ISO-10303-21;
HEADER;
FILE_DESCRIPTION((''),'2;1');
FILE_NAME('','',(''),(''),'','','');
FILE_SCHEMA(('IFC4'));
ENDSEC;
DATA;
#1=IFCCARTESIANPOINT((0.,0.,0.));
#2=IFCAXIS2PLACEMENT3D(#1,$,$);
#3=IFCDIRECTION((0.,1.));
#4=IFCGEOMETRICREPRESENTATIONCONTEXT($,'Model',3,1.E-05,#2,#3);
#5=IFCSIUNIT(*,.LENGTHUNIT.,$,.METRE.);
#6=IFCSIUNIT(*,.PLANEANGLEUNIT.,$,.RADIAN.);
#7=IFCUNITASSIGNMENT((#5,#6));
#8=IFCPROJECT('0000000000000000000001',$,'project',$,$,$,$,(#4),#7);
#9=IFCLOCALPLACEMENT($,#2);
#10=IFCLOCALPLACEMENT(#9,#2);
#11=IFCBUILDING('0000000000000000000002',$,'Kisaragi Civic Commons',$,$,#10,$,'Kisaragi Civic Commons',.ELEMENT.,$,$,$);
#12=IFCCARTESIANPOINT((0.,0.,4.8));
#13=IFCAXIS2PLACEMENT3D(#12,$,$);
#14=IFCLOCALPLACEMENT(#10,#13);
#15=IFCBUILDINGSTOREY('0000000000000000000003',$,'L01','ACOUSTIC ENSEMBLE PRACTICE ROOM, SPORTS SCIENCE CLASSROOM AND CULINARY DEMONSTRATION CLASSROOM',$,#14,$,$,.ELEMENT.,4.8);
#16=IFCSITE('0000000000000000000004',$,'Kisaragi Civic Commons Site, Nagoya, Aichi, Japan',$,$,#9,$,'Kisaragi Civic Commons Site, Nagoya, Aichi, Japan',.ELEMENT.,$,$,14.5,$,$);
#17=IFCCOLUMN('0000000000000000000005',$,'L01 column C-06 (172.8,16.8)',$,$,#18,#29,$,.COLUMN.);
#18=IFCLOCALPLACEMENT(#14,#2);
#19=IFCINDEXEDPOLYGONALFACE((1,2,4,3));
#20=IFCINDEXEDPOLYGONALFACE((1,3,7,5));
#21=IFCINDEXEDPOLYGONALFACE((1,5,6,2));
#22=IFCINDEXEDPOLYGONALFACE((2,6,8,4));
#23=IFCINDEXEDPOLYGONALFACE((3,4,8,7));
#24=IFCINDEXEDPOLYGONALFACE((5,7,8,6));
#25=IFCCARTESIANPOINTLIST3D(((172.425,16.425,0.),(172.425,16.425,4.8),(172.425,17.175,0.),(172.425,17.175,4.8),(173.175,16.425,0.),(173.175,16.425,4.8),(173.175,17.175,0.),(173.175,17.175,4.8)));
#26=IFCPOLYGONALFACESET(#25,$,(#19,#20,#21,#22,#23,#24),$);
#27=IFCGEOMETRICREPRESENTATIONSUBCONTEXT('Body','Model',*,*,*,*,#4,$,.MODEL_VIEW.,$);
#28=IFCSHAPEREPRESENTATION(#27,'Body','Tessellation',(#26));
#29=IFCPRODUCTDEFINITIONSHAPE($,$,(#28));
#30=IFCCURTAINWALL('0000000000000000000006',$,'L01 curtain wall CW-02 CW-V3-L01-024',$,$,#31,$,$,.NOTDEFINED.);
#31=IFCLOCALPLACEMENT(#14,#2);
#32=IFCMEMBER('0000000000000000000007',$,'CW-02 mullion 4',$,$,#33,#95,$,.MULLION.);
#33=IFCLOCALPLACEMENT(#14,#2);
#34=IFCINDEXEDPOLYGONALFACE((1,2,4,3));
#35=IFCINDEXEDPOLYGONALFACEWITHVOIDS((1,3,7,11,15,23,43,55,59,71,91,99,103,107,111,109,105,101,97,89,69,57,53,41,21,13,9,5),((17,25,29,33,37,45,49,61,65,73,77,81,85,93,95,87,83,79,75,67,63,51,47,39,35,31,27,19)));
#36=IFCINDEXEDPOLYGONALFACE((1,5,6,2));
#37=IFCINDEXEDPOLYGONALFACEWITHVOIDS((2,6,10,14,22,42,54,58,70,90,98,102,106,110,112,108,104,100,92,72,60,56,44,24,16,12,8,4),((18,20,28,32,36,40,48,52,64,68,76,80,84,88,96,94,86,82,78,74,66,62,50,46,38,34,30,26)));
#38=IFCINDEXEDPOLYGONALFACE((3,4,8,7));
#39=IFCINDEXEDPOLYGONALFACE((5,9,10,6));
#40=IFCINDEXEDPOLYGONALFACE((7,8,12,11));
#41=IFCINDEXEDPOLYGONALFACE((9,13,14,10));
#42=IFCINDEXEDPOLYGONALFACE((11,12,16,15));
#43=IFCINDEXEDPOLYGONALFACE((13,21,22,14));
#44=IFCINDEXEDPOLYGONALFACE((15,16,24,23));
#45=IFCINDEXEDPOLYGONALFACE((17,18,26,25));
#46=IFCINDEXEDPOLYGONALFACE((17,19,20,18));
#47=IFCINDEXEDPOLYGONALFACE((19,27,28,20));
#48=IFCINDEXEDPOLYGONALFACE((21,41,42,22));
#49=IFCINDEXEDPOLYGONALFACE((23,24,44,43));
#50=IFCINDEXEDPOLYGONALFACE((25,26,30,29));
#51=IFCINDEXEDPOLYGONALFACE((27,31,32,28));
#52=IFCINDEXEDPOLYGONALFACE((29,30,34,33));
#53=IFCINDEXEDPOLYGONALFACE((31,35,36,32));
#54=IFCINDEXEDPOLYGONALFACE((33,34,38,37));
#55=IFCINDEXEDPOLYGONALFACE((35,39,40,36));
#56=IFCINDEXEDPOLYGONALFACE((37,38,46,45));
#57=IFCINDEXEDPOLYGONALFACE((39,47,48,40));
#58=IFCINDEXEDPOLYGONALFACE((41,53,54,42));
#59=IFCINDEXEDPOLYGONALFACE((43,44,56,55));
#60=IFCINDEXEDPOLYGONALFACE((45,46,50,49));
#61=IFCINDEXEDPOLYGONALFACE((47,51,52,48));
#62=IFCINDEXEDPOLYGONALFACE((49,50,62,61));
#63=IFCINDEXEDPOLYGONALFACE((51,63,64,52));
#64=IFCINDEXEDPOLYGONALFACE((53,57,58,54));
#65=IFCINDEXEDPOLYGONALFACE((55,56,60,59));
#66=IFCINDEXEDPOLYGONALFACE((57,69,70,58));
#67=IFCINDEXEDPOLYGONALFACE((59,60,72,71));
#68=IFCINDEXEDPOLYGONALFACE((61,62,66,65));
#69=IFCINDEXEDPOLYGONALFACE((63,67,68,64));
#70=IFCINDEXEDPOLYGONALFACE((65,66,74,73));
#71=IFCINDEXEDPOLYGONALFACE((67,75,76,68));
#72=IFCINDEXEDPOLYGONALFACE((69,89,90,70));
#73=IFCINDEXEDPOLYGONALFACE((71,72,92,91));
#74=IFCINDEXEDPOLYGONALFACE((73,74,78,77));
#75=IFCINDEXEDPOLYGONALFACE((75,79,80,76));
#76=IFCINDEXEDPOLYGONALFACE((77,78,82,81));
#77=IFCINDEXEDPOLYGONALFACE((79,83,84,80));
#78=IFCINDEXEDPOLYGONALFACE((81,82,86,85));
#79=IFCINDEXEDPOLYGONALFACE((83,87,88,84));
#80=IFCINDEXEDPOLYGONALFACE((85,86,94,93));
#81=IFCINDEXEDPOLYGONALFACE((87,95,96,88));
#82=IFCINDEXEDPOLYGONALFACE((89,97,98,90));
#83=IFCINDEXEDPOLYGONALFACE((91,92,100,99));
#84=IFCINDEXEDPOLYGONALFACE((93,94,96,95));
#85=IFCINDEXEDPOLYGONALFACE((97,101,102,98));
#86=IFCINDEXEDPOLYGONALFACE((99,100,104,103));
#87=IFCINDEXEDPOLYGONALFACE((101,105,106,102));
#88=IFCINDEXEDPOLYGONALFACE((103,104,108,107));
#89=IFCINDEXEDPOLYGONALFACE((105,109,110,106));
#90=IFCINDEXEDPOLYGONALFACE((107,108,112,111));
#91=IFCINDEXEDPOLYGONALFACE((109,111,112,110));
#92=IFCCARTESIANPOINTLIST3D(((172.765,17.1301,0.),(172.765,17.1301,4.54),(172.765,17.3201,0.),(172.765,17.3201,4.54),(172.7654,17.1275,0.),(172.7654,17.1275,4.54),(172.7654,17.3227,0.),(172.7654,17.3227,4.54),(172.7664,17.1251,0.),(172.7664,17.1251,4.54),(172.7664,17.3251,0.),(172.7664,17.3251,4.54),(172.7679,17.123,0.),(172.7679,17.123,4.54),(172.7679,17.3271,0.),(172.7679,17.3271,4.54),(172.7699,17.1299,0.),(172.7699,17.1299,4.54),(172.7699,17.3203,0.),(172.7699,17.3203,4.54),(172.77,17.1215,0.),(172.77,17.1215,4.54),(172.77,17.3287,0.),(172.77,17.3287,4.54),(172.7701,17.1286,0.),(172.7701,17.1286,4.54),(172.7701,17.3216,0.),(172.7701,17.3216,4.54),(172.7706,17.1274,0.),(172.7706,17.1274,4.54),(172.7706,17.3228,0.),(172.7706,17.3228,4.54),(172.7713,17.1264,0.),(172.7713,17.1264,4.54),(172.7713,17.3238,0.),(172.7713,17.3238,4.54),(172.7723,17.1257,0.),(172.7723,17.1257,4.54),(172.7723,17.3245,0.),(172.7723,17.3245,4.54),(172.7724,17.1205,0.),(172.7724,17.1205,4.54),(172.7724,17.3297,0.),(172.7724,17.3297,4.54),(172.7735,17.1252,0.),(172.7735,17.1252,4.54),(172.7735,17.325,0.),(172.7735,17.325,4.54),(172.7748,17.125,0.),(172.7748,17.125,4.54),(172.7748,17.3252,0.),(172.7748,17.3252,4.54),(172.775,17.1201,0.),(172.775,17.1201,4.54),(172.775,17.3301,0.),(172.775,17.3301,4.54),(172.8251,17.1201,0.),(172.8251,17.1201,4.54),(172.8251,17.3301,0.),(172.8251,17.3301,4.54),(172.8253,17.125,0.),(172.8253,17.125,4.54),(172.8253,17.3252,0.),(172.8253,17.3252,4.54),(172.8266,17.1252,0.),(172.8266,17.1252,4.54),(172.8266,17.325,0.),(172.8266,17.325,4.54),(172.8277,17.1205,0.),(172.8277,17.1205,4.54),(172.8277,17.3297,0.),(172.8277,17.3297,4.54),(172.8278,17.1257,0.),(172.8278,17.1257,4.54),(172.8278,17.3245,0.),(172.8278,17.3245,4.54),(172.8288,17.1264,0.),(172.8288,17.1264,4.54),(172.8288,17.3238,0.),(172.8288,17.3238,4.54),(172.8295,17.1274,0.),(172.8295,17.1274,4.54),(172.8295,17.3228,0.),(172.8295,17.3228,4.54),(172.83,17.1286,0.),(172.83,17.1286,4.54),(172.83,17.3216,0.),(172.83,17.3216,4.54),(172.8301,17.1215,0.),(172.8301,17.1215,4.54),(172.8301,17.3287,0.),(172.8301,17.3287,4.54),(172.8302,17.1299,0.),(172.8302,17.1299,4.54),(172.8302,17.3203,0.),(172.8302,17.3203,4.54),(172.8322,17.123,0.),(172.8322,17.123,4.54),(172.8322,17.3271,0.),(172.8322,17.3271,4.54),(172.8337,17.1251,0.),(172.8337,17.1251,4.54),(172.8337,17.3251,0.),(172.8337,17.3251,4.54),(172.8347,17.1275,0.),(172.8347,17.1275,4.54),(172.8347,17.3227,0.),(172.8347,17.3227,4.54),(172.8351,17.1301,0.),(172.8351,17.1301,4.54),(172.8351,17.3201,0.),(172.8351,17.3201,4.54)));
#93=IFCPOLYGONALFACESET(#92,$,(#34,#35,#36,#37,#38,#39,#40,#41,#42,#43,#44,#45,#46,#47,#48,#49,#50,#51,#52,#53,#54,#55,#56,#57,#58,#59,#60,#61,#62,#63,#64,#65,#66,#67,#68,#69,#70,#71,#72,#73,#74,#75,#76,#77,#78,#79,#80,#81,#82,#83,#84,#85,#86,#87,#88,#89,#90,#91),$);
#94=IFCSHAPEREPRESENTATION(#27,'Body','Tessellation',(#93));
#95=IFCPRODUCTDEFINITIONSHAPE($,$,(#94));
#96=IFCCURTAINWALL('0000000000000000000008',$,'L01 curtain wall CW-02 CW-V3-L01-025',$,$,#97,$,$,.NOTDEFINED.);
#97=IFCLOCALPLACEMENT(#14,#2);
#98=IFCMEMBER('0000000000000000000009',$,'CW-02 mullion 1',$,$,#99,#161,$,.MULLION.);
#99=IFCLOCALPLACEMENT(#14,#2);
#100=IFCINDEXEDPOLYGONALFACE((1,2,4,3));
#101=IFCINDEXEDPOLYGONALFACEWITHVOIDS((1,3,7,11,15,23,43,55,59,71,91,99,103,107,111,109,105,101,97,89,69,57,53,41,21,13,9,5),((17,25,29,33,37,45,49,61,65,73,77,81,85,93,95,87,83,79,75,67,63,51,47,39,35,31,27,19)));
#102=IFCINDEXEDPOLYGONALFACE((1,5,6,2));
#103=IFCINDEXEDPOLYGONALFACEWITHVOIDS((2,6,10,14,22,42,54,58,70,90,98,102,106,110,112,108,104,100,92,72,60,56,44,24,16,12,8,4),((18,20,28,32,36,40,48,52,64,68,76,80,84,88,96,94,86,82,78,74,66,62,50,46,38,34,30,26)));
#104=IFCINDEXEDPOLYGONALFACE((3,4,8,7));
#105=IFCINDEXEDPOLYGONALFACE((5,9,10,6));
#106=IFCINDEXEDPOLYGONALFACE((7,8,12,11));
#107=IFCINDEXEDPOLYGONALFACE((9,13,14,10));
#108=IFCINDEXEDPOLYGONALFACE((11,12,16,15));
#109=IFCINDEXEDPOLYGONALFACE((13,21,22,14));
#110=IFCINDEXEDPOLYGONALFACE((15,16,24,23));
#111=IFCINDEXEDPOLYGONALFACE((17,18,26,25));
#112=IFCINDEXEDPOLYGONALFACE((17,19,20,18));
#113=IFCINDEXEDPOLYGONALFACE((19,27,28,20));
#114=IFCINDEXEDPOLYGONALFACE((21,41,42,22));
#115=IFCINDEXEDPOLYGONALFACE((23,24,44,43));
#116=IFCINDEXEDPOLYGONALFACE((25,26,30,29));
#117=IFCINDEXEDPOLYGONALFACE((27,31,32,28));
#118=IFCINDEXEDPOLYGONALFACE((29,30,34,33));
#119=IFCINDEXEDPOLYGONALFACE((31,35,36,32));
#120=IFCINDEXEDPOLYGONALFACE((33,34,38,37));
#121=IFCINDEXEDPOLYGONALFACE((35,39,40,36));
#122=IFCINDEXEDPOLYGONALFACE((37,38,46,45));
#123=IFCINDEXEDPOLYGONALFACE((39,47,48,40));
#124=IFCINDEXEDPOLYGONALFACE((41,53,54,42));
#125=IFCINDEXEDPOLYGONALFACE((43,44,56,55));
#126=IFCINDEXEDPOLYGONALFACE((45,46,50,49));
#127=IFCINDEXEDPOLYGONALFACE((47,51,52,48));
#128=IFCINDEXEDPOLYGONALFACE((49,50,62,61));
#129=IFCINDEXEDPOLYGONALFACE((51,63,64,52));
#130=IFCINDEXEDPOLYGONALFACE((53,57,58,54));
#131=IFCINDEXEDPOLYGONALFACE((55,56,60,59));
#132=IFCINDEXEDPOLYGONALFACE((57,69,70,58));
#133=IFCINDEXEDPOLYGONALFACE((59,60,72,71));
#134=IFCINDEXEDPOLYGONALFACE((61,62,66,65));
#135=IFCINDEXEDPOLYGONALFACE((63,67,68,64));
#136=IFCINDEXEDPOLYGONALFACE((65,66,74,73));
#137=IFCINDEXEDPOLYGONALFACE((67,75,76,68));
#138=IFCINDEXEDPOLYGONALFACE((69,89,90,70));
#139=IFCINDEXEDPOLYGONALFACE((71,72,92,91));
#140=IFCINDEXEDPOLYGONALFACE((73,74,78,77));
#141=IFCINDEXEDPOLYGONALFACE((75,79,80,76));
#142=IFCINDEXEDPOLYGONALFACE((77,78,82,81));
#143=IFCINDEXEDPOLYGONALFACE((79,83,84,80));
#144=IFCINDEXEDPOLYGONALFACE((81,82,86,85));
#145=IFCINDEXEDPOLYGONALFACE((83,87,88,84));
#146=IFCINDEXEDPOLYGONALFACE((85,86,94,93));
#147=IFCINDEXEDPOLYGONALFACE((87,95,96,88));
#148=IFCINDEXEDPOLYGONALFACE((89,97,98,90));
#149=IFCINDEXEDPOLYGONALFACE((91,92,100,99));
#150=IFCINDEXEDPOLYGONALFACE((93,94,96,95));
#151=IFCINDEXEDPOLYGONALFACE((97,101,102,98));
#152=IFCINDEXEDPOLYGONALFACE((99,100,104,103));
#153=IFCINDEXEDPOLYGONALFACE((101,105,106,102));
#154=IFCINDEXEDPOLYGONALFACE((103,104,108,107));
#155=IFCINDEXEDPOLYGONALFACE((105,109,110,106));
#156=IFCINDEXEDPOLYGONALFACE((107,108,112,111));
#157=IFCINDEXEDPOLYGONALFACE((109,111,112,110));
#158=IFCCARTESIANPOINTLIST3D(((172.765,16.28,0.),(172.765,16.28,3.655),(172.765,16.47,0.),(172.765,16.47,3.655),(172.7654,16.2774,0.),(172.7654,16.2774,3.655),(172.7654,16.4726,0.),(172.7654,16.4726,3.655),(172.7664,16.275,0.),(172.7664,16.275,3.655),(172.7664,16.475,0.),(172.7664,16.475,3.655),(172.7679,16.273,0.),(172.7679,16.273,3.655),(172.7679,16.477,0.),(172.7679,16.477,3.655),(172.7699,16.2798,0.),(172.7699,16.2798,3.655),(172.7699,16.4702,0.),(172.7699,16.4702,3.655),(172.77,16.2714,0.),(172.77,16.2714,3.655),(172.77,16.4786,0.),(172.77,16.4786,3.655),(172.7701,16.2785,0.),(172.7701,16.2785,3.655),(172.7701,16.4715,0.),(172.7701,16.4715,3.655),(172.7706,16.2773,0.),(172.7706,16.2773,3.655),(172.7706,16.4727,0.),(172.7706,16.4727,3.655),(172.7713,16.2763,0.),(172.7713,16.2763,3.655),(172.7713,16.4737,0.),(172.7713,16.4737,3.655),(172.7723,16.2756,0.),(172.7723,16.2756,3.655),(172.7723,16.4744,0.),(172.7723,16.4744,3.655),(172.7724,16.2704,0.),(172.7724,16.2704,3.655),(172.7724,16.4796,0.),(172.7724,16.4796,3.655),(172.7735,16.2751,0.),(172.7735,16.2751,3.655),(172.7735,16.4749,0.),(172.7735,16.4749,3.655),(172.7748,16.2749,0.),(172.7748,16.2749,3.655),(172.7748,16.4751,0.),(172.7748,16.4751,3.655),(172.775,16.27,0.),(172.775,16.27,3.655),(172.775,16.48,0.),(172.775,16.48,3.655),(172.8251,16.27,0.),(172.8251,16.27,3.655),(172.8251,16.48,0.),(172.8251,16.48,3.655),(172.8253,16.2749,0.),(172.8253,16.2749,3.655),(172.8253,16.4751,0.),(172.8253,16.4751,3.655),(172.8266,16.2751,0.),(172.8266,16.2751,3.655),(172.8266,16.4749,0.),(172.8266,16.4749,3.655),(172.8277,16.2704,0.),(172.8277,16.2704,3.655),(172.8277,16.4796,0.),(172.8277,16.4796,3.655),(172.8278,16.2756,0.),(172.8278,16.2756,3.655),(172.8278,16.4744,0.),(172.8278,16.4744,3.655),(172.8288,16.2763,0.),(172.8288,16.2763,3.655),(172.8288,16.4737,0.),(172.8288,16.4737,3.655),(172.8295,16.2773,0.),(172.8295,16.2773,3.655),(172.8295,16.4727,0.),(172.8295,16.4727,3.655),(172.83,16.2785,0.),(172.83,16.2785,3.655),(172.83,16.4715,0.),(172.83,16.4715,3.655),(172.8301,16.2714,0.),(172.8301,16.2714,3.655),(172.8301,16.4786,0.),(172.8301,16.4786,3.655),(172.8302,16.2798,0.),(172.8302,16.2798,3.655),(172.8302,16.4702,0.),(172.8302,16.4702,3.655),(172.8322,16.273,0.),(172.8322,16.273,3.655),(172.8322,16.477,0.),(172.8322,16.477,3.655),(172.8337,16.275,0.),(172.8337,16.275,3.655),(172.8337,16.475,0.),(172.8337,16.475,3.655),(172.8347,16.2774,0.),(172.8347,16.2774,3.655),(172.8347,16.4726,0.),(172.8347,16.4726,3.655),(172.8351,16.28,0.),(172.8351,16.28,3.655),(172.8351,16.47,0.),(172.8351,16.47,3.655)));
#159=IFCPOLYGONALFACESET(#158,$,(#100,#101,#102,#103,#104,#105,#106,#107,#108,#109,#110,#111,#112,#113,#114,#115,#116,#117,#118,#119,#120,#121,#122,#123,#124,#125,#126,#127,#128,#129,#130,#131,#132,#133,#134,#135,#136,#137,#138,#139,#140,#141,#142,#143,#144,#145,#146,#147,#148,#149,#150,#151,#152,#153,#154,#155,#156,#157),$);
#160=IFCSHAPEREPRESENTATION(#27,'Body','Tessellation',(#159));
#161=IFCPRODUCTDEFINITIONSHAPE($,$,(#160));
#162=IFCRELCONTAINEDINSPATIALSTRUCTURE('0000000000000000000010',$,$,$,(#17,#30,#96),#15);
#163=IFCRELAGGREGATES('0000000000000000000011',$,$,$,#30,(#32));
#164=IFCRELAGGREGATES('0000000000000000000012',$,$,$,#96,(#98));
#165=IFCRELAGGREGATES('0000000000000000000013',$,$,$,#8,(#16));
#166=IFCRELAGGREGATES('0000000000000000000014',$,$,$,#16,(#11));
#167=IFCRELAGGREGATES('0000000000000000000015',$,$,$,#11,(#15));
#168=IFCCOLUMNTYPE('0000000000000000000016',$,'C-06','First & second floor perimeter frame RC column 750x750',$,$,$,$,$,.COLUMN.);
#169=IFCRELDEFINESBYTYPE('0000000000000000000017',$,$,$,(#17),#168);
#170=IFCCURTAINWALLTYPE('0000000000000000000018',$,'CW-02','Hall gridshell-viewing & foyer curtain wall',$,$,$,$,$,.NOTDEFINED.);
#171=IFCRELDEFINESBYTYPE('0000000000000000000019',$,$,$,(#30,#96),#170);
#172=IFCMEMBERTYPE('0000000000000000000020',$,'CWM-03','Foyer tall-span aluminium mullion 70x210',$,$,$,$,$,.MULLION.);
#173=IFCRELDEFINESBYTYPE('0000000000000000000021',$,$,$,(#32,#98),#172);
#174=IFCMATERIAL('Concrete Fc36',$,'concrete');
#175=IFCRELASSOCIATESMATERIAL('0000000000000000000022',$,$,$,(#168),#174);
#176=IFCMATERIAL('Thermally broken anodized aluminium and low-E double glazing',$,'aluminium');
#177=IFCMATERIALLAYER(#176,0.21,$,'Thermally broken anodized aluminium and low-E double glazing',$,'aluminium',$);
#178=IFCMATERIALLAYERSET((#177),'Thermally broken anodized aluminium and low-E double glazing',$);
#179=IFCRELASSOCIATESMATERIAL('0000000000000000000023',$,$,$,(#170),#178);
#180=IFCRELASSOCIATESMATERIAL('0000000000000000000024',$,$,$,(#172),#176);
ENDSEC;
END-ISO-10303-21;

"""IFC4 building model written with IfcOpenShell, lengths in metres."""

from ifc_helpers import new_model, si_unit, direction, frame, origin, origin_2d, place, context, subcontext, project, spatial, rectangle, hollow_rectangle, extrude, material, layer, layer_set, material_profile, profile_set, type_object, element, aggregate, save


model = new_model("IFC4")

# Units and contexts
model_context = context("Model", 3, precision=1e-05, world=origin(), true_north=direction((0.0, 1.0)))
body_context = subcontext(model_context, "Body", "Model", "MODEL_VIEW")
ifc_project = project(units=[si_unit("LENGTHUNIT", "METRE"), si_unit("PLANEANGLEUNIT", "RADIAN")], contexts=[model_context])

# Site, building, storey
site_placement = place(None, origin())
site = spatial("IfcSite", under=ifc_project, at=site_placement, Name="Kisaragi Civic Commons Site, Nagoya, Aichi, Japan", LongName="Kisaragi Civic Commons Site, Nagoya, Aichi, Japan", CompositionType="ELEMENT", RefElevation=14.5)
building_placement = place(site_placement, origin())
building = spatial("IfcBuilding", under=site, at=building_placement, Name="Kisaragi Civic Commons", LongName="Kisaragi Civic Commons", CompositionType="ELEMENT")
storey_placement = place(building_placement, frame((0.0, 0.0, 4.8)))
storey = spatial("IfcBuildingStorey", under=building, at=storey_placement, Name="L01", Description="ACOUSTIC ENSEMBLE PRACTICE ROOM, SPORTS SCIENCE CLASSROOM AND CULINARY DEMONSTRATION CLASSROOM", CompositionType="ELEMENT", Elevation=4.8)

# Column
ifc_material_1 = material(Name="Concrete Fc36", Category="concrete")
ifc_material_profile_1 = material_profile(ifc_material_1, rectangle(XDim=0.75, YDim=0.75, at=origin_2d()), Name="RC-750x750", Category="concrete")
ifc_profile_set_1 = profile_set([ifc_material_profile_1], Name="Concrete Fc36")
column_type = type_object("IfcColumnType", Name="C-06", Description="First & second floor perimeter frame RC column 750x750", PredefinedType="COLUMN", material=ifc_profile_set_1)
column_placement = place(storey_placement, frame((172.8, 16.8, 0.0), z_axis=(0.0, 0.0, 1.0), x_axis=(1.0, 0.0, 0.0)))
element("IfcColumn", 1, at=column_placement, inside=storey, type_object=column_type, Name="L01 column C-06 (172.8,16.8)", PredefinedType="COLUMN", context=body_context, shape_type="SweptSolid", body=[
    extrude(rectangle(XDim=0.75, YDim=0.75, at=origin_2d()), origin(), (0.0, 0.0, 1.0), 4.8),
])

# Curtain wall, member
ifc_material_2 = material(Name="Thermally broken anodized aluminium and low-E double glazing", Category="aluminium")
ifc_layer_1 = layer(ifc_material_2, 0.21, Name="Thermally broken anodized aluminium and low-E double glazing", Category="aluminium")
ifc_layer_set_1 = layer_set([ifc_layer_1], Name="Thermally broken anodized aluminium and low-E double glazing")
curtain_wall_type = type_object("IfcCurtainWallType", Name="CW-02", Description="Hall gridshell-viewing & foyer curtain wall", PredefinedType="NOTDEFINED", material=ifc_layer_set_1)
curtain_wall_1_placement = place(storey_placement, origin())
curtain_wall_1 = element("IfcCurtainWall", 2, at=curtain_wall_1_placement, inside=storey, type_object=curtain_wall_type, Name="L01 curtain wall CW-02 CW-V3-L01-024", PredefinedType="NOTDEFINED")
ifc_material_profile_2 = material_profile(ifc_material_2, hollow_rectangle(XDim=0.0701, YDim=0.21, WallThickness=0.0049, InnerFilletRadius=0.0049, OuterFilletRadius=0.01, at=origin_2d()), Name="CWM-70x210x5", Category="aluminium")
ifc_profile_set_2 = profile_set([ifc_material_profile_2], Name="Thermally broken anodized aluminium and low-E double glazing")
member_type_1 = type_object("IfcMemberType", Name="CWM-03", Description="Foyer tall-span aluminium mullion 70x210", PredefinedType="MULLION", material=ifc_profile_set_2)
member_1_placement = place(storey_placement, frame((172.8, 17.2251, 0.0), z_axis=(0.0, 0.0, 1.0), x_axis=(1.0, 0.0, 0.0)))
member_1 = element("IfcMember", 3, at=member_1_placement, type_object=member_type_1, Name="CW-02 mullion 4", PredefinedType="MULLION", context=body_context, shape_type="SweptSolid", body=[
    extrude(hollow_rectangle(XDim=0.0701, YDim=0.21, WallThickness=0.0049, InnerFilletRadius=0.0049, OuterFilletRadius=0.01, at=origin_2d()), origin(), (0.0, 0.0, 1.0), 4.54),
])

# Curtain wall, member
curtain_wall_2_placement = place(storey_placement, origin())
curtain_wall_2 = element("IfcCurtainWall", 4, at=curtain_wall_2_placement, inside=storey, type_object=curtain_wall_type, Name="L01 curtain wall CW-02 CW-V3-L01-025", PredefinedType="NOTDEFINED")
member_2_placement = place(storey_placement, frame((172.8, 16.375, 0.0), z_axis=(0.0, 0.0, 1.0), x_axis=(1.0, 0.0, 0.0)))
member_2 = element("IfcMember", 5, at=member_2_placement, type_object=member_type_1, Name="CW-02 mullion 1", PredefinedType="MULLION", context=body_context, shape_type="SweptSolid", body=[
    extrude(hollow_rectangle(XDim=0.0701, YDim=0.21, WallThickness=0.0049, InnerFilletRadius=0.0049, OuterFilletRadius=0.01, at=origin_2d()), origin(), (0.0, 0.0, 1.0), 3.655),
])

aggregate(curtain_wall_1, [member_1])
aggregate(curtain_wall_2, [member_2])

save(model, "model.ifc")
